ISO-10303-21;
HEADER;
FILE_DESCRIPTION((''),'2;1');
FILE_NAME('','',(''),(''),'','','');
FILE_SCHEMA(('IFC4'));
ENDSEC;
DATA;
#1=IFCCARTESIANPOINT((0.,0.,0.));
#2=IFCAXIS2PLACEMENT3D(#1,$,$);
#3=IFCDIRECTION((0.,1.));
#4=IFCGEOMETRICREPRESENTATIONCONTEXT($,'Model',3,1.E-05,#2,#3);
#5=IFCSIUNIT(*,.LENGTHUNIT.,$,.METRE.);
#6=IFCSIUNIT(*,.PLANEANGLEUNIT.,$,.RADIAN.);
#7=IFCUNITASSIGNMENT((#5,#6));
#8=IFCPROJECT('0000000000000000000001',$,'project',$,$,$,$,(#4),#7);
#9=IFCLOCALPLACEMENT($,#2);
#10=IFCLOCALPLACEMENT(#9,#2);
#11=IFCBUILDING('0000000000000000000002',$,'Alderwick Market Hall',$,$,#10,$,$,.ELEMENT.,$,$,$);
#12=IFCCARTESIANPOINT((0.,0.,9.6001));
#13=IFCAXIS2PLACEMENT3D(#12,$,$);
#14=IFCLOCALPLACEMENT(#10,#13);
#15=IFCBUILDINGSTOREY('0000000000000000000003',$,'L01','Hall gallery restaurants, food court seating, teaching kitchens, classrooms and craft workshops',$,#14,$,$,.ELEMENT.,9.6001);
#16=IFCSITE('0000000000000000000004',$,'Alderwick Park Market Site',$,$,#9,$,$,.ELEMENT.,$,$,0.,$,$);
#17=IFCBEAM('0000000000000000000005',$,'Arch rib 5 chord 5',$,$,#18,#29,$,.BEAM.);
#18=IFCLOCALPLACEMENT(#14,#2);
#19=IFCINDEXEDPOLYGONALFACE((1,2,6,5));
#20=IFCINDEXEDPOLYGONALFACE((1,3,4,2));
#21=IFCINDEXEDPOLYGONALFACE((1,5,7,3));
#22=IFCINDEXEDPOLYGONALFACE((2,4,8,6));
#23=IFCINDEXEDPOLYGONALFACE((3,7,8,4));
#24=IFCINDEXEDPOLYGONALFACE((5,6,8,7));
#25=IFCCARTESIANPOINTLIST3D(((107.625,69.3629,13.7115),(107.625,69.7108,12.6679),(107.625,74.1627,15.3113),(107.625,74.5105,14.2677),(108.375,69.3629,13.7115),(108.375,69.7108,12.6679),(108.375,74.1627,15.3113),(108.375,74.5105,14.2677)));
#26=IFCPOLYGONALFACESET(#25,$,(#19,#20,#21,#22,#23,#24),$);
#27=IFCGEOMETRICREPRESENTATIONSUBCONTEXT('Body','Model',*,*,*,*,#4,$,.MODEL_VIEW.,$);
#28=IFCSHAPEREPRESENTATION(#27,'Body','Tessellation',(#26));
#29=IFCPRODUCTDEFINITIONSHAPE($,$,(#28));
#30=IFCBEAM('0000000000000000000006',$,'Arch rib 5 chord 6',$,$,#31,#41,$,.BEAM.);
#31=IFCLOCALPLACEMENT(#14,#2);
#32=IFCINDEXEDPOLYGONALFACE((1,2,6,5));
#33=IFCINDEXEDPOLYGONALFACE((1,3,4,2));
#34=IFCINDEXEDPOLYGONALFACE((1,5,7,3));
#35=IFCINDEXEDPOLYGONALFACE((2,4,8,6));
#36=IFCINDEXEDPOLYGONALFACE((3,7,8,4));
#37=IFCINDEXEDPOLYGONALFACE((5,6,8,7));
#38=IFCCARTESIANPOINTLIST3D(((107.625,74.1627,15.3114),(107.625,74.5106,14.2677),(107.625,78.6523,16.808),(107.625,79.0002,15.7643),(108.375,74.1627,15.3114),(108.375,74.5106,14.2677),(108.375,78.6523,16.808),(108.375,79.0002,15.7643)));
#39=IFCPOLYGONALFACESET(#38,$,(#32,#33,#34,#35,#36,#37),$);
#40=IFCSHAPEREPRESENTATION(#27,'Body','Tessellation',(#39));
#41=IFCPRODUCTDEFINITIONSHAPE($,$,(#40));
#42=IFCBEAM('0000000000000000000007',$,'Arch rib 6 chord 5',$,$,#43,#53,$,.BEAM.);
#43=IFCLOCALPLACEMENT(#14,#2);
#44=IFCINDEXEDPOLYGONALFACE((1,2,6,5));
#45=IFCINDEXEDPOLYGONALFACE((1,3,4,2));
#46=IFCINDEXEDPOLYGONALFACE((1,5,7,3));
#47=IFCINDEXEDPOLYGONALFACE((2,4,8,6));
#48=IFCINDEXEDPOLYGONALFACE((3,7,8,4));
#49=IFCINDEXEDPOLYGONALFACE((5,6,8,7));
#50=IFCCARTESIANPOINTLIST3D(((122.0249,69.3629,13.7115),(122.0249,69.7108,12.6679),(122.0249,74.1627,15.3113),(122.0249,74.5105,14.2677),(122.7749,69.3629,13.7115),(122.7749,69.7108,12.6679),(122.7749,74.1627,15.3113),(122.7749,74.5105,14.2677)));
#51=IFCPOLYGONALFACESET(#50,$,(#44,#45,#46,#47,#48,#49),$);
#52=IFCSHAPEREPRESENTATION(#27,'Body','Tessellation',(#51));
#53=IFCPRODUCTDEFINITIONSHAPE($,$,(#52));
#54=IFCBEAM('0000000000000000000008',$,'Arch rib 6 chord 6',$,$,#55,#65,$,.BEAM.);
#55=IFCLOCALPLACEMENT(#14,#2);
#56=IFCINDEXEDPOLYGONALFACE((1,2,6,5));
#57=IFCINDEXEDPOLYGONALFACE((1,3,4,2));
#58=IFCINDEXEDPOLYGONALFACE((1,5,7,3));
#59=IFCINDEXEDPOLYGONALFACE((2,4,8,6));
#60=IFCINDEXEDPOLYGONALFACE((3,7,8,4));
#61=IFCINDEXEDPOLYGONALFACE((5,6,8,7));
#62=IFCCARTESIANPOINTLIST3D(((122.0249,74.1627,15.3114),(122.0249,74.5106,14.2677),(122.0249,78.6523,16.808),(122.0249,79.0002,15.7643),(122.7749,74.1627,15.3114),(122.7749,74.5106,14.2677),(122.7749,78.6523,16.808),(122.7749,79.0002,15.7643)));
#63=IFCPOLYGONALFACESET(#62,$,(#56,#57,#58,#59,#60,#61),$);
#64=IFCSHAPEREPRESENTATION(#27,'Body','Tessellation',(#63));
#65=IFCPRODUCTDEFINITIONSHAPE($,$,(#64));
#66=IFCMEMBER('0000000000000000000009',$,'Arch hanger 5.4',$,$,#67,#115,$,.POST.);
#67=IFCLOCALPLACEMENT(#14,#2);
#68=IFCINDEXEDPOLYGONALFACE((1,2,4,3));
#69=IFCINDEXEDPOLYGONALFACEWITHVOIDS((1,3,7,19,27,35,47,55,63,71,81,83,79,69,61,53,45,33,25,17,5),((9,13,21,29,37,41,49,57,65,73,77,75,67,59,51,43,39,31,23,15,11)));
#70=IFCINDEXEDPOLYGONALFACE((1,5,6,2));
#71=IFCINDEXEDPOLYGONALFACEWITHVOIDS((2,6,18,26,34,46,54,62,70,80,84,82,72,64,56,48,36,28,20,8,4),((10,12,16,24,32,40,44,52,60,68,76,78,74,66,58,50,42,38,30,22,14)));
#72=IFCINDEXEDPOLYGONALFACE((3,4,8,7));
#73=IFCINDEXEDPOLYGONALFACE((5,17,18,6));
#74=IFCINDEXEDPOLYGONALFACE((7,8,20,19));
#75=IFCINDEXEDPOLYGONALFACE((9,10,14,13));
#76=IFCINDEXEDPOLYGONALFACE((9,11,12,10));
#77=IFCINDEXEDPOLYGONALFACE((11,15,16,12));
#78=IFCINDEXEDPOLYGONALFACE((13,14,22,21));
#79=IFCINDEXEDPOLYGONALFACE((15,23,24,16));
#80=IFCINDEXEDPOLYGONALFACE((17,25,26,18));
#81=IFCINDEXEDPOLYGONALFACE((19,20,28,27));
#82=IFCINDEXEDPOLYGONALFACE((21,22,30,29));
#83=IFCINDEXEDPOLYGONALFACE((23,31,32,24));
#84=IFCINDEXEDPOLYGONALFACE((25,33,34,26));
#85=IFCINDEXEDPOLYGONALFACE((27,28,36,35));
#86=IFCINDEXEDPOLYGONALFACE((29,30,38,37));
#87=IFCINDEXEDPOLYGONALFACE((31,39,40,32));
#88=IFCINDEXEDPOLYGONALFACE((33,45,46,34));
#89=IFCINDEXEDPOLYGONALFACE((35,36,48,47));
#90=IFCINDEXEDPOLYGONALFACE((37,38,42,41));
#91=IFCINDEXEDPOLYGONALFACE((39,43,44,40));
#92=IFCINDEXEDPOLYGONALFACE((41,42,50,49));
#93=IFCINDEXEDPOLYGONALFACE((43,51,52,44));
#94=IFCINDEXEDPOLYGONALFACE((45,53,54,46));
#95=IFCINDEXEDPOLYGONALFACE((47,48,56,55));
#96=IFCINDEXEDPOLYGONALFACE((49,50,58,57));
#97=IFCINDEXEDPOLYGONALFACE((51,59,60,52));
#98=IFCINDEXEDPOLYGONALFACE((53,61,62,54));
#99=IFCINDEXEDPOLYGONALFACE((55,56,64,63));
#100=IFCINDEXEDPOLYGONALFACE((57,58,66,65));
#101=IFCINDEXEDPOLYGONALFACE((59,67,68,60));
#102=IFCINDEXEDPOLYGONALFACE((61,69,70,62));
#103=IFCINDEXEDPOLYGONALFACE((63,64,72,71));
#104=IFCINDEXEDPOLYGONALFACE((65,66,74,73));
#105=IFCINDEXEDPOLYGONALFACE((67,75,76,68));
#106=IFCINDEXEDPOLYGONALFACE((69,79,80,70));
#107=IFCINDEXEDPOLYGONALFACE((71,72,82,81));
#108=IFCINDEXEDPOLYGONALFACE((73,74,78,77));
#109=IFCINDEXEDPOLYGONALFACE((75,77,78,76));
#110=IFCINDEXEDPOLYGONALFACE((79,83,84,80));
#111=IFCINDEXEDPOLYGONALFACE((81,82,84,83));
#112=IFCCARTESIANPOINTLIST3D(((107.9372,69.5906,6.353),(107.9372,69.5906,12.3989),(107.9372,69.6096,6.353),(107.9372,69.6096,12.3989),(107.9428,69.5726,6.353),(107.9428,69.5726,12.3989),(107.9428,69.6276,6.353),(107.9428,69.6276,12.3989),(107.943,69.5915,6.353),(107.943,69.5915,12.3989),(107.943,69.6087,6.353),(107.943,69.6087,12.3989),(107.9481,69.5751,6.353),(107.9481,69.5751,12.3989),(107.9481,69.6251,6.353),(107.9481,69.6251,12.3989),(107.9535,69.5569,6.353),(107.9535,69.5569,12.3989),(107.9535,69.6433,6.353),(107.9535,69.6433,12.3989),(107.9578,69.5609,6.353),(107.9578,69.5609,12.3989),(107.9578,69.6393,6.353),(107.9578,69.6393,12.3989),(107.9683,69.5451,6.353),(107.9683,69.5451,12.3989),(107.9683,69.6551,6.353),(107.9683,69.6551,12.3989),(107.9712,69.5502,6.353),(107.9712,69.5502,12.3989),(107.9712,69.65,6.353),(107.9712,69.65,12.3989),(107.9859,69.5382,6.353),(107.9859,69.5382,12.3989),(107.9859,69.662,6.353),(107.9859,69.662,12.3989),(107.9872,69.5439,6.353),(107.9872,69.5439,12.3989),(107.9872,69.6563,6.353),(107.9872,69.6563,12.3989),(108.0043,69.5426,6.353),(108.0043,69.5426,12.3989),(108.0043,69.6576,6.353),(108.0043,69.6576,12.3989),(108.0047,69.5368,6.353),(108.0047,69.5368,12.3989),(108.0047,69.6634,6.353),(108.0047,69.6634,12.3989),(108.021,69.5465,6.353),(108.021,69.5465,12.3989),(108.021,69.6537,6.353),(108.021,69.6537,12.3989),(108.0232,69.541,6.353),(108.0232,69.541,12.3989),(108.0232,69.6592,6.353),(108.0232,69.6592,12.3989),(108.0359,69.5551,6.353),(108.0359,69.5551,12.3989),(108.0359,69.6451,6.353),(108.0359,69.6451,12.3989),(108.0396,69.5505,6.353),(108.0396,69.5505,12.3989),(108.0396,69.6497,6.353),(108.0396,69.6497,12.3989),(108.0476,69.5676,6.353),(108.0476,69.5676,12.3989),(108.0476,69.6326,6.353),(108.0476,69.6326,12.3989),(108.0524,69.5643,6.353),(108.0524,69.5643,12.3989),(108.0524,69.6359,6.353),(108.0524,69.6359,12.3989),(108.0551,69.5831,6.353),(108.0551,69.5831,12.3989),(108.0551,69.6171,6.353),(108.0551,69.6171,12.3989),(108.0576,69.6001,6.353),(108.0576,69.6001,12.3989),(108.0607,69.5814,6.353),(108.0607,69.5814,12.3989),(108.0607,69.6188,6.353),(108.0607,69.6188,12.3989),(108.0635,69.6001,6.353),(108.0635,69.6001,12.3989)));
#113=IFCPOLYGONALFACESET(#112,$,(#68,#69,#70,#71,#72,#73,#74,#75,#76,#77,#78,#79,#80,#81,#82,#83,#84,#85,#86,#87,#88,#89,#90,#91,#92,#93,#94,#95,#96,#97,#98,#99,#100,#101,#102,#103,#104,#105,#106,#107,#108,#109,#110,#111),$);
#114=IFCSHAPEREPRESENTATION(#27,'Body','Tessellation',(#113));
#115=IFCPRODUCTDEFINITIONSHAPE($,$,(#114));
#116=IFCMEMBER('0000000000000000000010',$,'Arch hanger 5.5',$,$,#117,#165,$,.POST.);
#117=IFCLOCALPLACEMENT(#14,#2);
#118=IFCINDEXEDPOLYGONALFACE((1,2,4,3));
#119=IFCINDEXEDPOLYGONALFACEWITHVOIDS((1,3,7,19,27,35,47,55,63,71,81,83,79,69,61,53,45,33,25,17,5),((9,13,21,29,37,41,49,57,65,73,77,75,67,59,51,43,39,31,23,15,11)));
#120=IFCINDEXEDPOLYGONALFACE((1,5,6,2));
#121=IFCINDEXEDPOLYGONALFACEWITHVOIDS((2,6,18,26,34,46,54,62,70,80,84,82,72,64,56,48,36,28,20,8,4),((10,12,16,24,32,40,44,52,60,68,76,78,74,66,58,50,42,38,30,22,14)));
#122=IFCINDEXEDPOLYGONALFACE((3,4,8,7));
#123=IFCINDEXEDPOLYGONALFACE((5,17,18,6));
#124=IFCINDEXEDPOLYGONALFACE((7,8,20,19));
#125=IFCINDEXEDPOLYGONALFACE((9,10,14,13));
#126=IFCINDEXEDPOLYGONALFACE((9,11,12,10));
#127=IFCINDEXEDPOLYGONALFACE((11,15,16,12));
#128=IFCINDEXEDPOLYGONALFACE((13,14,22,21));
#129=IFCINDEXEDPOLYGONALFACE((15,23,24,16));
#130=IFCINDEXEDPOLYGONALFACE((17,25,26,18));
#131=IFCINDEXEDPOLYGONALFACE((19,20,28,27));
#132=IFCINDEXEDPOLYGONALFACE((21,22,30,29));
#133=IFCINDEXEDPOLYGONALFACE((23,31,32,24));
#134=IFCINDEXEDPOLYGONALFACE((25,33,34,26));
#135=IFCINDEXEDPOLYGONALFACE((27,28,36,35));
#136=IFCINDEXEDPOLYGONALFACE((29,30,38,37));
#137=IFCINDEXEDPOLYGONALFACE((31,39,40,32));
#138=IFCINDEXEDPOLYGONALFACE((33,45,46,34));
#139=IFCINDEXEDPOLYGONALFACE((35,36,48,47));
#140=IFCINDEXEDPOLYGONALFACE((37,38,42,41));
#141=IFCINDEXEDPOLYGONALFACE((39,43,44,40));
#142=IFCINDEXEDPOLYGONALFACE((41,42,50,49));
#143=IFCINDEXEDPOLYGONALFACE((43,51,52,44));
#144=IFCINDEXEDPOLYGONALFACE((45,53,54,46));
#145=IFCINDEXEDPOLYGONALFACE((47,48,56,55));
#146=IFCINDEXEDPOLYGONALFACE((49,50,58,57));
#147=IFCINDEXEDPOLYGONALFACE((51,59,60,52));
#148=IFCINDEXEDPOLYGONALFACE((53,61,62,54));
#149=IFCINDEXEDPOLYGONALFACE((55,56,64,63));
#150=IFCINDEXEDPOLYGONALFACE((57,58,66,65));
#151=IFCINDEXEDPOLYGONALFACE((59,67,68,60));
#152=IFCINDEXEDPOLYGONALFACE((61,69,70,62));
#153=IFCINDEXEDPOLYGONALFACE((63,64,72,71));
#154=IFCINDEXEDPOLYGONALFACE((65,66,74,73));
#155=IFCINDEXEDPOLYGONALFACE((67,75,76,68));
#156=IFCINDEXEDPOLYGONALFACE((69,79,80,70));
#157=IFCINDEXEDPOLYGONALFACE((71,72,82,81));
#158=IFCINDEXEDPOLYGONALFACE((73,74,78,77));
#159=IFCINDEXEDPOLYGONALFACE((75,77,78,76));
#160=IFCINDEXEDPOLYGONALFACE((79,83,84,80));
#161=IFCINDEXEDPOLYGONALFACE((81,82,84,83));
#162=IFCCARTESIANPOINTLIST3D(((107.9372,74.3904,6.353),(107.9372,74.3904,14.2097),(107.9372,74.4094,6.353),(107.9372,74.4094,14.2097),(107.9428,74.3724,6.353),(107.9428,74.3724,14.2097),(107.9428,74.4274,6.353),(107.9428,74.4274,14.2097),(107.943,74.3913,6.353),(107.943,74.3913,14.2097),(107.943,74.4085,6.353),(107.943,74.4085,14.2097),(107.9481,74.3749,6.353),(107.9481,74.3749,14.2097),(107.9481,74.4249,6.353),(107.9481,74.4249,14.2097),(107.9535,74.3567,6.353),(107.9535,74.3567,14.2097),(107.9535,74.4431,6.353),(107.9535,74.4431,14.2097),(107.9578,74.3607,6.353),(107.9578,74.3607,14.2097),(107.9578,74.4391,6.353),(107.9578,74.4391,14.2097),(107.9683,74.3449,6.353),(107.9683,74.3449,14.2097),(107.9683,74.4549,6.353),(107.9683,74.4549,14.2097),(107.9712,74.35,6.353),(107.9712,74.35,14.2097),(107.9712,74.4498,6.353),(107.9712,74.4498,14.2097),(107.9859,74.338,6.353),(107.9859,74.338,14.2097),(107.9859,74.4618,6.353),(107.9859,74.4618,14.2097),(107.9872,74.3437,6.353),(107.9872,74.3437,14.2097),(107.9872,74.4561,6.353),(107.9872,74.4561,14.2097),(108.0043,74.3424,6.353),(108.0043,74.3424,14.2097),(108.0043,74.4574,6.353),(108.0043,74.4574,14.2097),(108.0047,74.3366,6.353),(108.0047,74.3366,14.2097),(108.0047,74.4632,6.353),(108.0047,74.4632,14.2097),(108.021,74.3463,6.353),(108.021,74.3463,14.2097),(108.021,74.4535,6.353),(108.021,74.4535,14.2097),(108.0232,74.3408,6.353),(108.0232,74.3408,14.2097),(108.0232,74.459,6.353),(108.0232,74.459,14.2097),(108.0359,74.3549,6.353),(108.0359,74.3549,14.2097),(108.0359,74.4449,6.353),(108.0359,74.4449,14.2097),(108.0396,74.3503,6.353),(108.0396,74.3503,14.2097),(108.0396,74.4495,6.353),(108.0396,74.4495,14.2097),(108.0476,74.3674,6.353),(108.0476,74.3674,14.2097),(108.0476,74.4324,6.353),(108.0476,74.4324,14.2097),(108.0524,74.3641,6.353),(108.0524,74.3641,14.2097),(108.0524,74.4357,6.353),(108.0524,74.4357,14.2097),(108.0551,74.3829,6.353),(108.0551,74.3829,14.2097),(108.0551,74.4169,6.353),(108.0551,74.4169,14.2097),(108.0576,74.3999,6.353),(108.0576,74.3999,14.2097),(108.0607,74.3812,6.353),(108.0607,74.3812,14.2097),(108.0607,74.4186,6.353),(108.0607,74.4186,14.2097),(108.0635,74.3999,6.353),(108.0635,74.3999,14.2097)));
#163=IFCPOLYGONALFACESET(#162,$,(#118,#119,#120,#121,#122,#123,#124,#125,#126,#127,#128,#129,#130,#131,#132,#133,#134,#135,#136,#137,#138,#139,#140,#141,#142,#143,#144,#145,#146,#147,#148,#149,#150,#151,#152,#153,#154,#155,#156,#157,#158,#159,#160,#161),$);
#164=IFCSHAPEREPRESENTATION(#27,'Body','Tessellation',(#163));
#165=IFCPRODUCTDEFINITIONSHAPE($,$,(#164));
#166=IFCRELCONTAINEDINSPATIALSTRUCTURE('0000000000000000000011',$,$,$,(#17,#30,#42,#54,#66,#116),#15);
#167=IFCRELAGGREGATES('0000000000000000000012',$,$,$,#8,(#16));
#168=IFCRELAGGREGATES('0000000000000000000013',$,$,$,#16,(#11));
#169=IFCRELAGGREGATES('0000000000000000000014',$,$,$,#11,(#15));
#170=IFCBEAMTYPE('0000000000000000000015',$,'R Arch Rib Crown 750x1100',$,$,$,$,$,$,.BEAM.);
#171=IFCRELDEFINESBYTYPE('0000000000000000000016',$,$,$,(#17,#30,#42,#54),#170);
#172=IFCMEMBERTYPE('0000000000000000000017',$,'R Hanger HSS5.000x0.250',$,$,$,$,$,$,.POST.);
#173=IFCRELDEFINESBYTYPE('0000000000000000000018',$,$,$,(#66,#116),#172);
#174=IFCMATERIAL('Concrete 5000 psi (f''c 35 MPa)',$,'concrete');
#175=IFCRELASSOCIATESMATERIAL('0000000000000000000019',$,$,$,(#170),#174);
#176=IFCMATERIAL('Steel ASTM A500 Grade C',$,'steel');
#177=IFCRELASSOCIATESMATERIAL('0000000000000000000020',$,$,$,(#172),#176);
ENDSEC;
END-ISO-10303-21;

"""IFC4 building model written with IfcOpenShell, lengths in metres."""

from ifc_helpers import new_model, si_unit, direction, frame, origin, origin_2d, place, context, subcontext, project, spatial, rectangle, hollow_circle, extrude, material, material_profile, profile_set, type_object, element, save


model = new_model("IFC4")

# Units and contexts
model_context = context("Model", 3, precision=1e-05, world=origin(), true_north=direction((0.0, 1.0)))
body_context = subcontext(model_context, "Body", "Model", "MODEL_VIEW")
ifc_project = project(units=[si_unit("LENGTHUNIT", "METRE"), si_unit("PLANEANGLEUNIT", "RADIAN")], contexts=[model_context])

# Site, building, storey
site_placement = place(None, origin())
site = spatial("IfcSite", under=ifc_project, at=site_placement, Name="Alderwick Park Market Site", CompositionType="ELEMENT", RefElevation=0.0)
building_placement = place(site_placement, origin())
building = spatial("IfcBuilding", under=site, at=building_placement, Name="Alderwick Market Hall", CompositionType="ELEMENT")
storey_placement = place(building_placement, frame((0.0, 0.0, 9.6001)))
storey = spatial("IfcBuildingStorey", under=building, at=storey_placement, Name="L01", Description="Hall gallery restaurants, food court seating, teaching kitchens, classrooms and craft workshops", CompositionType="ELEMENT", Elevation=9.6001)

# Beams
ifc_material_1 = material(Name="Concrete 5000 psi (f'c 35 MPa)", Category="concrete")
ifc_material_profile_1 = material_profile(ifc_material_1, rectangle(XDim=0.75, YDim=1.1001, at=origin_2d()), Name="RC 750x1100")
ifc_profile_set_1 = profile_set([ifc_material_profile_1], Name="Concrete 5000 psi (f'c 35 MPa)")
beam_type = type_object("IfcBeamType", Name="R Arch Rib Crown 750x1100", PredefinedType="BEAM", material=ifc_profile_set_1)
beam_1_placement = place(storey_placement, frame((108.0, 69.5369, 13.1897), z_axis=(0.0, 0.948688, 0.316213), x_axis=(-1.0, 0.0, 0.0)))
element("IfcBeam", 1, at=beam_1_placement, inside=storey, type_object=beam_type, Name="Arch rib 5 chord 5", PredefinedType="BEAM", context=body_context, shape_type="SweptSolid", body=[
    extrude(rectangle(XDim=0.75, YDim=1.1001, at=origin_2d()), origin(), (0.0, 0.0, 1.0), 5.0593),
])
beam_2_placement = place(storey_placement, frame((108.0, 74.3367, 14.7896), z_axis=(0.0, 0.948678, 0.316243), x_axis=(-1.0, 0.0, 0.0)))
element("IfcBeam", 2, at=beam_2_placement, inside=storey, type_object=beam_type, Name="Arch rib 5 chord 6", PredefinedType="BEAM", context=body_context, shape_type="SweptSolid", body=[
    extrude(rectangle(XDim=0.75, YDim=1.1001, at=origin_2d()), origin(), (0.0, 0.0, 1.0), 4.7324),
])
beam_3_placement = place(storey_placement, frame((122.3999, 69.5369, 13.1897), z_axis=(0.0, 0.948688, 0.316213), x_axis=(-1.0, 0.0, 0.0)))
element("IfcBeam", 3, at=beam_3_placement, inside=storey, type_object=beam_type, Name="Arch rib 6 chord 5", PredefinedType="BEAM", context=body_context, shape_type="SweptSolid", body=[
    extrude(rectangle(XDim=0.75, YDim=1.1001, at=origin_2d()), origin(), (0.0, 0.0, 1.0), 5.0593),
])
beam_4_placement = place(storey_placement, frame((122.3999, 74.3367, 14.7896), z_axis=(0.0, 0.948678, 0.316243), x_axis=(-1.0, 0.0, 0.0)))
element("IfcBeam", 4, at=beam_4_placement, inside=storey, type_object=beam_type, Name="Arch rib 6 chord 6", PredefinedType="BEAM", context=body_context, shape_type="SweptSolid", body=[
    extrude(rectangle(XDim=0.75, YDim=1.1001, at=origin_2d()), origin(), (0.0, 0.0, 1.0), 4.7324),
])

# Members
ifc_material_2 = material(Name="Steel ASTM A500 Grade C", Category="steel")
ifc_material_profile_2 = material_profile(ifc_material_2, hollow_circle(Radius=0.0635, WallThickness=0.0059, at=origin_2d()), Name="HSS5.000x0.250")
ifc_profile_set_2 = profile_set([ifc_material_profile_2], Name="Steel ASTM A500 Grade C")
member_type_1 = type_object("IfcMemberType", Name="R Hanger HSS5.000x0.250", PredefinedType="POST", material=ifc_profile_set_2)
member_1_placement = place(storey_placement, frame((108.0, 69.6001, 6.353), z_axis=(0.0, 0.0, 1.0), x_axis=(1.0, 0.0, 0.0)))
element("IfcMember", 5, at=member_1_placement, inside=storey, type_object=member_type_1, Name="Arch hanger 5.4", PredefinedType="POST", context=body_context, shape_type="SweptSolid", body=[
    extrude(hollow_circle(Radius=0.0635, WallThickness=0.0059, at=origin_2d()), origin(), (0.0, 0.0, 1.0), 6.0459),
])
member_2_placement = place(storey_placement, frame((108.0, 74.3999, 6.353), z_axis=(0.0, 0.0, 1.0), x_axis=(1.0, 0.0, 0.0)))
element("IfcMember", 6, at=member_2_placement, inside=storey, type_object=member_type_1, Name="Arch hanger 5.5", PredefinedType="POST", context=body_context, shape_type="SweptSolid", body=[
    extrude(hollow_circle(Radius=0.0635, WallThickness=0.0059, at=origin_2d()), origin(), (0.0, 0.0, 1.0), 7.8567),
])

save(model, "model.ifc")
